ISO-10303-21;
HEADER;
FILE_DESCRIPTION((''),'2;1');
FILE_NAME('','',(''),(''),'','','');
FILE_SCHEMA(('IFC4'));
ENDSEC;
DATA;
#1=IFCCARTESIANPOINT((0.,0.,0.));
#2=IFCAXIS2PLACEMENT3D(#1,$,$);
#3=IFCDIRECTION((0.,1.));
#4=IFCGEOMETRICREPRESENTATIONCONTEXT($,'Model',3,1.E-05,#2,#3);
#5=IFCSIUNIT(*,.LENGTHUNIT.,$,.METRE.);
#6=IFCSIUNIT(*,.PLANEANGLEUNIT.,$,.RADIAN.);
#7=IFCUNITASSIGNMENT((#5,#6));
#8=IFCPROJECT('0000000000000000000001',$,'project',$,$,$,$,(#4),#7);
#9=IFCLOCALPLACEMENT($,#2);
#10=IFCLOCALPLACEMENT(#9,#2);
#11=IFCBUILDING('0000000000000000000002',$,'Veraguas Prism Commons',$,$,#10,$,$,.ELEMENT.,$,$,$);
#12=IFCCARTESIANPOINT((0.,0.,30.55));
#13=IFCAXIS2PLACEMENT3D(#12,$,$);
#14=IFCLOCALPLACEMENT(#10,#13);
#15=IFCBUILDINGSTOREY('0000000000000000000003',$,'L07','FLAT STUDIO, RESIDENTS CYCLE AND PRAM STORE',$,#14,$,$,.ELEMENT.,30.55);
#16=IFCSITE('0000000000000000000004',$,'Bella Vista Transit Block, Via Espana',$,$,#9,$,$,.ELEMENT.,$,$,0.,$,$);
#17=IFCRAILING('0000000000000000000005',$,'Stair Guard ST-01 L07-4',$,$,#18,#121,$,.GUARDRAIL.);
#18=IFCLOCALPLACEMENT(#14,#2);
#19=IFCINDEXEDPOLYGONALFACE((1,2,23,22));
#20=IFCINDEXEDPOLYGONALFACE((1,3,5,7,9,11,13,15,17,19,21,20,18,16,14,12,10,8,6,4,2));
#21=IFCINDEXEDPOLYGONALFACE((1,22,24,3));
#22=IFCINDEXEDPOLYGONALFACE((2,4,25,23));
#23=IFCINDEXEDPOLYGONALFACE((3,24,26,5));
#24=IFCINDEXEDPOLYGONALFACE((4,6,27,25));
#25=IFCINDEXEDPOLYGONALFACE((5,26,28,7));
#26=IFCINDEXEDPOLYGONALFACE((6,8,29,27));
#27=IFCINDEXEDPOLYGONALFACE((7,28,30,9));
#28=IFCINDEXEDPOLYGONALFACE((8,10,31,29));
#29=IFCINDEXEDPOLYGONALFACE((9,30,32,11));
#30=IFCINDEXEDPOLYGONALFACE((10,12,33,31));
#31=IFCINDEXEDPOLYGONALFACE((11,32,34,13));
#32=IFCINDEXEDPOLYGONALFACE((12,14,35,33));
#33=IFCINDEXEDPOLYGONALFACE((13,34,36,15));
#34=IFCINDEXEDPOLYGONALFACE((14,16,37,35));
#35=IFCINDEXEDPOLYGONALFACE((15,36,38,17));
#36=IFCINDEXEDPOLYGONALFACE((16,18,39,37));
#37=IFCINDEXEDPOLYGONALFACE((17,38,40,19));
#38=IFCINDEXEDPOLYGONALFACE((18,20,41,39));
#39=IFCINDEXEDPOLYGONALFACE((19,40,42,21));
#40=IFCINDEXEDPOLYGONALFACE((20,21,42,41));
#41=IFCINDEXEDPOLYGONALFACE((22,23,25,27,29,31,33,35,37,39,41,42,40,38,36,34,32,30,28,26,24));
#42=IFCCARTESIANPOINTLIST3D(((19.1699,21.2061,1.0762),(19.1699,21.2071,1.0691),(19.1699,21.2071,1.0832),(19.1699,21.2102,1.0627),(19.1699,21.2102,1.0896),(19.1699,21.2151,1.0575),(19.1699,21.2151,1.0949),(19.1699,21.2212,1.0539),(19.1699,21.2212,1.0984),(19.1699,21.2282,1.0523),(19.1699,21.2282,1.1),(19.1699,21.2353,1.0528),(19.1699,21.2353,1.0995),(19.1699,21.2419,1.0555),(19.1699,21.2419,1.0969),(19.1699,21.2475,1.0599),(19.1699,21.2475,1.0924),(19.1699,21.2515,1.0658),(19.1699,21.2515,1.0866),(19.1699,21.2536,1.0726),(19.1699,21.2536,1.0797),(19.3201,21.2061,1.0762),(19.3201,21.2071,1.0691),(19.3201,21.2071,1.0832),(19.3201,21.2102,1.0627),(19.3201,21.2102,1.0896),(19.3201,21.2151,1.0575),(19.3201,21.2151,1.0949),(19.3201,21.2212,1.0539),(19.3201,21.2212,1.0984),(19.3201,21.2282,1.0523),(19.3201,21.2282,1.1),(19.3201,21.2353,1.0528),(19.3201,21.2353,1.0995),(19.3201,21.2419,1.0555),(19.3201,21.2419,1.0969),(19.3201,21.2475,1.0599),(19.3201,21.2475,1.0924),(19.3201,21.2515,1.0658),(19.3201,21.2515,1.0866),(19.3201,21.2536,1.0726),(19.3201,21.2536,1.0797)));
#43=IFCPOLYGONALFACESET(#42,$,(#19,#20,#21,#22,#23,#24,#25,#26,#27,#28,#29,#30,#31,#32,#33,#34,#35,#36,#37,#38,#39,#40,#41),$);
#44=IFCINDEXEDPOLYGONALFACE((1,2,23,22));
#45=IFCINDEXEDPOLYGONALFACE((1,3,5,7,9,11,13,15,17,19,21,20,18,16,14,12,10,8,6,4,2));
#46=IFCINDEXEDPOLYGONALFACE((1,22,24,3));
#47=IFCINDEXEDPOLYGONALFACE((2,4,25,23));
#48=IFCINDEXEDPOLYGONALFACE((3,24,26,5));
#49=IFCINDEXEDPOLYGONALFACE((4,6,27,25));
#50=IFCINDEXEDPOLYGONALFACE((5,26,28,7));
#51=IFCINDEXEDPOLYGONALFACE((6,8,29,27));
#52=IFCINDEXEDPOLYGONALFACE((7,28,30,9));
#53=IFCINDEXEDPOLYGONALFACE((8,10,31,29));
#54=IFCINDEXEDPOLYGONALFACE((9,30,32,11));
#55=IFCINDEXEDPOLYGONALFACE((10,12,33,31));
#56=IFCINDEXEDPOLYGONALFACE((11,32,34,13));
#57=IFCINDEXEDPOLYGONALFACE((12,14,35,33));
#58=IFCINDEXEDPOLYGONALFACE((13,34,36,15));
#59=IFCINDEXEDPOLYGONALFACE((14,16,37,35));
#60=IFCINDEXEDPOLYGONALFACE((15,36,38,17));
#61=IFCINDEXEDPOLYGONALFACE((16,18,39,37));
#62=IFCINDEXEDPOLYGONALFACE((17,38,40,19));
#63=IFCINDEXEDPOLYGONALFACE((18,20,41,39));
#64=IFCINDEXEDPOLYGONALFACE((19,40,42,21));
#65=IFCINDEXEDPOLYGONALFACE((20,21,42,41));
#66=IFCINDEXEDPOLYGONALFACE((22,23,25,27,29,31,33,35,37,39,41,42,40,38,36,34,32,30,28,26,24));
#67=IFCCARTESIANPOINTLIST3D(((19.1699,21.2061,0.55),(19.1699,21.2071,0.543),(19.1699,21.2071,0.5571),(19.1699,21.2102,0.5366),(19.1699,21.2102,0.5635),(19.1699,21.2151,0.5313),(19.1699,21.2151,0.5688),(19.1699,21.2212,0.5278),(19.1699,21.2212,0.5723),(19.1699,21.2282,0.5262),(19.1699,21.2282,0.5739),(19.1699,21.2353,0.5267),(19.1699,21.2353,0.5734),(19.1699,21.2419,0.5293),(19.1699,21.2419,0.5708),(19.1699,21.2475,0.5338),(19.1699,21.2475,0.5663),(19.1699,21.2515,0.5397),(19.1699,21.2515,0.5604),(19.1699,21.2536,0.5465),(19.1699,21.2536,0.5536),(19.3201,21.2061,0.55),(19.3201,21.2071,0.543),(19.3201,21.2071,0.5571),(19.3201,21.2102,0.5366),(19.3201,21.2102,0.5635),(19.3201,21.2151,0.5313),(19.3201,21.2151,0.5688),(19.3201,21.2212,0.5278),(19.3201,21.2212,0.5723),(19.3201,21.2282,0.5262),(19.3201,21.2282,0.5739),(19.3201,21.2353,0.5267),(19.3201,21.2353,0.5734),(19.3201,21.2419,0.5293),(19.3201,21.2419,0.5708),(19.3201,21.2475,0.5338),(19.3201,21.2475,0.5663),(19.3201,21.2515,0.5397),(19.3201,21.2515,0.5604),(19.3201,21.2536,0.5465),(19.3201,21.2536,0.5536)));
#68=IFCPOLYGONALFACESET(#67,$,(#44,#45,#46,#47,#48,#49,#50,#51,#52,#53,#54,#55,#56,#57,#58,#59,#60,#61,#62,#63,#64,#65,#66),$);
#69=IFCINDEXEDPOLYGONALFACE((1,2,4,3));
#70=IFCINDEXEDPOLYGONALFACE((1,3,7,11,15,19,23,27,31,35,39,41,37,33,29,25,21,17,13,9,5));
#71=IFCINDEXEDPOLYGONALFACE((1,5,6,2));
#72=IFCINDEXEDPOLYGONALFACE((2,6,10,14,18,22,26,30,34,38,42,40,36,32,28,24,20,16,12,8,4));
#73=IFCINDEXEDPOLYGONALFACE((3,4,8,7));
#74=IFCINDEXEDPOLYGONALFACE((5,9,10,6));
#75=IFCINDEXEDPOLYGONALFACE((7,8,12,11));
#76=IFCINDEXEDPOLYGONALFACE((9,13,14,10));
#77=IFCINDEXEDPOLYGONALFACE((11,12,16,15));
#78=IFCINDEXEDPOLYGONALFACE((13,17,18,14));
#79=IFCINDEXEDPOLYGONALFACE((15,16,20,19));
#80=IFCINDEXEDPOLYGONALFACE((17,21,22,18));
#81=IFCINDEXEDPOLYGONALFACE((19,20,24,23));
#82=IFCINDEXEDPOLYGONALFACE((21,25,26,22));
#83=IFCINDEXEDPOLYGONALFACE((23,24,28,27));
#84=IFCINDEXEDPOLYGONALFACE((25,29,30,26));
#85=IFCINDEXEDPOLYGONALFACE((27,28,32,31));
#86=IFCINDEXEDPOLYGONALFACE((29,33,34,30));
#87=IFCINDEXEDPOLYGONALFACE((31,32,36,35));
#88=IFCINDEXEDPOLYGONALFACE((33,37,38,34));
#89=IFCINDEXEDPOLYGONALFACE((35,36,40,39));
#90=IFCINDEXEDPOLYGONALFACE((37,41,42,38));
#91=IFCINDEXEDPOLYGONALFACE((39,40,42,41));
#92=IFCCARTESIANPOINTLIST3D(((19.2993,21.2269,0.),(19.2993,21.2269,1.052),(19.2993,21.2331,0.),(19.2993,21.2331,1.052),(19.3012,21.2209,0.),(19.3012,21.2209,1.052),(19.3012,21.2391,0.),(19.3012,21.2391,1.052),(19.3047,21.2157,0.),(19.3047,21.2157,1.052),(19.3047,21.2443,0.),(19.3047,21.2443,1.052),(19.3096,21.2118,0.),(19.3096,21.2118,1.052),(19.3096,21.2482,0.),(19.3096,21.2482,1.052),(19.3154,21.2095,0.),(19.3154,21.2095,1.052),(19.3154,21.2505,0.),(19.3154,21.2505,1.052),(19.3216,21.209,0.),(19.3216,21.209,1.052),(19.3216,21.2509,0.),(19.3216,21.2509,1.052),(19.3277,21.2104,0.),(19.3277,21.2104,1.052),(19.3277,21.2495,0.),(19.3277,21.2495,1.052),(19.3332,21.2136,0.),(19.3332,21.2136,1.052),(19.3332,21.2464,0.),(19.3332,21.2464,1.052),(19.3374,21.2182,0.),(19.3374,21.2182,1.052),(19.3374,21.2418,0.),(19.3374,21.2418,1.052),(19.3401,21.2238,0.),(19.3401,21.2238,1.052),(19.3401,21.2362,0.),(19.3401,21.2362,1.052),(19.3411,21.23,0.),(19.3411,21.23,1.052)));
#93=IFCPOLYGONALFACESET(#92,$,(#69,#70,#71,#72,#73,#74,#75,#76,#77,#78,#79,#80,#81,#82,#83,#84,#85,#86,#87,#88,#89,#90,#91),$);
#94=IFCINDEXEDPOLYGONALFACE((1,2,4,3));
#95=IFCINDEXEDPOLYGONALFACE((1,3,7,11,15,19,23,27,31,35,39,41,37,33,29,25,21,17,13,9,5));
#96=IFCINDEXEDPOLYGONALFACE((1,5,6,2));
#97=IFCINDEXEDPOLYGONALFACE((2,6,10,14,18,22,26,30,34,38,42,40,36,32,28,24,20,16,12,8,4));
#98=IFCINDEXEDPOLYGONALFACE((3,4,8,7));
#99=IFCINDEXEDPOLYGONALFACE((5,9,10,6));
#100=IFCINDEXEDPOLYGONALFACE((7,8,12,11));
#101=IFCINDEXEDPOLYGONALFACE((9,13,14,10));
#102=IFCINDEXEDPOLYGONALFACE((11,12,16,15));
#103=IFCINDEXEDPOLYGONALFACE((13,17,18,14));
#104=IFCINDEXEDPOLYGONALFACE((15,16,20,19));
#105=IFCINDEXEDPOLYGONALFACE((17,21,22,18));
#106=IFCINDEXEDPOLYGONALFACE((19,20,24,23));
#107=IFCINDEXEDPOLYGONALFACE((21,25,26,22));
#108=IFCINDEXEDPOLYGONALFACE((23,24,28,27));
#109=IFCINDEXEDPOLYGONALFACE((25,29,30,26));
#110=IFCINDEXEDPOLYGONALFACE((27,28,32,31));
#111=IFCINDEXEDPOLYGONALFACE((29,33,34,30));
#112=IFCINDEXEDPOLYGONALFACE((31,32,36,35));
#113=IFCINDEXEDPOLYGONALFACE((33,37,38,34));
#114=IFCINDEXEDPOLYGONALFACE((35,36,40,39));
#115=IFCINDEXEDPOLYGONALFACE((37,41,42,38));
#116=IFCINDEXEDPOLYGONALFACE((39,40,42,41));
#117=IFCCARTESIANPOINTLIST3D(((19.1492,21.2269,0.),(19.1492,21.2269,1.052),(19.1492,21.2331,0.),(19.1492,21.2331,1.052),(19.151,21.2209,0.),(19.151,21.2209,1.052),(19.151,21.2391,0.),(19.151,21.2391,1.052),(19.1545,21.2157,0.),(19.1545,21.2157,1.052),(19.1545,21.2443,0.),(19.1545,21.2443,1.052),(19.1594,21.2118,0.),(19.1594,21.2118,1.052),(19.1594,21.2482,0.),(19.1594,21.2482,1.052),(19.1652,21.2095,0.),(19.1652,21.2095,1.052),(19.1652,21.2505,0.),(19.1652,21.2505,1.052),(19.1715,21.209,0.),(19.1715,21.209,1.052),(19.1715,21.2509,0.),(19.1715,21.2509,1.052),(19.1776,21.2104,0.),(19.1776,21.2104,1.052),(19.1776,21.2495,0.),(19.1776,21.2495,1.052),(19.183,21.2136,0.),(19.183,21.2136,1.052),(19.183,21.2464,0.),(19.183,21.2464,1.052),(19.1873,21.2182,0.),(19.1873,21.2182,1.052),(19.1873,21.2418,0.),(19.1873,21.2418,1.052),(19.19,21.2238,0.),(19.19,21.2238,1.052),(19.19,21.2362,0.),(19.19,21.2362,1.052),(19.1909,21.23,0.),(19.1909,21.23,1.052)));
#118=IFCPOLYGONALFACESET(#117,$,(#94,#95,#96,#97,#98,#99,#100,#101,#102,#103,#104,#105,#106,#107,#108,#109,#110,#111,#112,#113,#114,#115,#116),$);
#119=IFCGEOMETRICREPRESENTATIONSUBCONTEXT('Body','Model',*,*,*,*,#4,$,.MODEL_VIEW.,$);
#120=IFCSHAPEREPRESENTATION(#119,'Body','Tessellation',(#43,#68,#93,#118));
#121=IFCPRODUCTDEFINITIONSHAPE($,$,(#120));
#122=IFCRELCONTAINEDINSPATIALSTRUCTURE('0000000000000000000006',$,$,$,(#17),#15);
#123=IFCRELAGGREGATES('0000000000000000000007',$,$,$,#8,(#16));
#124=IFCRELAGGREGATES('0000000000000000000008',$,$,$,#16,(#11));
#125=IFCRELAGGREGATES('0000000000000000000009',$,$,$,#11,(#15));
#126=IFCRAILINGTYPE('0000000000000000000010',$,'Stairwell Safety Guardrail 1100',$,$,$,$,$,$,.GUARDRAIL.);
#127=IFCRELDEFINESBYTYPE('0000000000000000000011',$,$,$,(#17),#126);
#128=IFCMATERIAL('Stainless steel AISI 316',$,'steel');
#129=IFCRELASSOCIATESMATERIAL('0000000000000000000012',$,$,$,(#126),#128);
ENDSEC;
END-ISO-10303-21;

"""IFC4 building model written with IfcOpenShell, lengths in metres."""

from ifc_helpers import new_model, si_unit, direction, frame, origin, origin_2d, place, context, subcontext, project, spatial, circle, extrude, material, type_object, element, save


model = new_model("IFC4")

# Units and contexts
model_context = context("Model", 3, precision=1e-05, world=origin(), true_north=direction((0.0, 1.0)))
body_context = subcontext(model_context, "Body", "Model", "MODEL_VIEW")
ifc_project = project(units=[si_unit("LENGTHUNIT", "METRE"), si_unit("PLANEANGLEUNIT", "RADIAN")], contexts=[model_context])

# Site, building, storey
site_placement = place(None, origin())
site = spatial("IfcSite", under=ifc_project, at=site_placement, Name="Bella Vista Transit Block, Via Espana", CompositionType="ELEMENT", RefElevation=0.0)
building_placement = place(site_placement, origin())
building = spatial("IfcBuilding", under=site, at=building_placement, Name="Veraguas Prism Commons", CompositionType="ELEMENT")
storey_placement = place(building_placement, frame((0.0, 0.0, 30.55)))
storey = spatial("IfcBuildingStorey", under=building, at=storey_placement, Name="L07", Description="FLAT STUDIO, RESIDENTS CYCLE AND PRAM STORE", CompositionType="ELEMENT", Elevation=30.55)

# Railing
ifc_material_1 = material(Name="Stainless steel AISI 316", Category="steel")
railing_type_1 = type_object("IfcRailingType", Name="Stairwell Safety Guardrail 1100", PredefinedType="GUARDRAIL", material=ifc_material_1)
railing_1_placement = place(storey_placement, frame((19.3201, 21.23, 0.0)))
element("IfcRailing", 1, at=railing_1_placement, inside=storey, type_object=railing_type_1, Name="Stair Guard ST-01 L07-4", PredefinedType="GUARDRAIL", context=body_context, shape_type="SweptSolid", body=[
    extrude(circle(Radius=0.0239, at=origin_2d()), frame((0.0, 0.0, 1.0762), z_axis=(-1.0, 0.0, 0.0), x_axis=(0.0, -1.0, 0.0)), (0.0, 0.0, 1.0), 0.1501),
    extrude(circle(Radius=0.0239, at=origin_2d()), frame((0.0, 0.0, 0.55), z_axis=(-1.0, 0.0, 0.0), x_axis=(0.0, -1.0, 0.0)), (0.0, 0.0, 1.0), 0.1501),
    extrude(circle(Radius=0.021, at=origin_2d()), origin(), (0.0, 0.0, 1.0), 1.052),
    extrude(circle(Radius=0.021, at=origin_2d()), frame((-0.1501, 0.0, 0.0)), (0.0, 0.0, 1.0), 1.052),
])

save(model, "model.ifc")
